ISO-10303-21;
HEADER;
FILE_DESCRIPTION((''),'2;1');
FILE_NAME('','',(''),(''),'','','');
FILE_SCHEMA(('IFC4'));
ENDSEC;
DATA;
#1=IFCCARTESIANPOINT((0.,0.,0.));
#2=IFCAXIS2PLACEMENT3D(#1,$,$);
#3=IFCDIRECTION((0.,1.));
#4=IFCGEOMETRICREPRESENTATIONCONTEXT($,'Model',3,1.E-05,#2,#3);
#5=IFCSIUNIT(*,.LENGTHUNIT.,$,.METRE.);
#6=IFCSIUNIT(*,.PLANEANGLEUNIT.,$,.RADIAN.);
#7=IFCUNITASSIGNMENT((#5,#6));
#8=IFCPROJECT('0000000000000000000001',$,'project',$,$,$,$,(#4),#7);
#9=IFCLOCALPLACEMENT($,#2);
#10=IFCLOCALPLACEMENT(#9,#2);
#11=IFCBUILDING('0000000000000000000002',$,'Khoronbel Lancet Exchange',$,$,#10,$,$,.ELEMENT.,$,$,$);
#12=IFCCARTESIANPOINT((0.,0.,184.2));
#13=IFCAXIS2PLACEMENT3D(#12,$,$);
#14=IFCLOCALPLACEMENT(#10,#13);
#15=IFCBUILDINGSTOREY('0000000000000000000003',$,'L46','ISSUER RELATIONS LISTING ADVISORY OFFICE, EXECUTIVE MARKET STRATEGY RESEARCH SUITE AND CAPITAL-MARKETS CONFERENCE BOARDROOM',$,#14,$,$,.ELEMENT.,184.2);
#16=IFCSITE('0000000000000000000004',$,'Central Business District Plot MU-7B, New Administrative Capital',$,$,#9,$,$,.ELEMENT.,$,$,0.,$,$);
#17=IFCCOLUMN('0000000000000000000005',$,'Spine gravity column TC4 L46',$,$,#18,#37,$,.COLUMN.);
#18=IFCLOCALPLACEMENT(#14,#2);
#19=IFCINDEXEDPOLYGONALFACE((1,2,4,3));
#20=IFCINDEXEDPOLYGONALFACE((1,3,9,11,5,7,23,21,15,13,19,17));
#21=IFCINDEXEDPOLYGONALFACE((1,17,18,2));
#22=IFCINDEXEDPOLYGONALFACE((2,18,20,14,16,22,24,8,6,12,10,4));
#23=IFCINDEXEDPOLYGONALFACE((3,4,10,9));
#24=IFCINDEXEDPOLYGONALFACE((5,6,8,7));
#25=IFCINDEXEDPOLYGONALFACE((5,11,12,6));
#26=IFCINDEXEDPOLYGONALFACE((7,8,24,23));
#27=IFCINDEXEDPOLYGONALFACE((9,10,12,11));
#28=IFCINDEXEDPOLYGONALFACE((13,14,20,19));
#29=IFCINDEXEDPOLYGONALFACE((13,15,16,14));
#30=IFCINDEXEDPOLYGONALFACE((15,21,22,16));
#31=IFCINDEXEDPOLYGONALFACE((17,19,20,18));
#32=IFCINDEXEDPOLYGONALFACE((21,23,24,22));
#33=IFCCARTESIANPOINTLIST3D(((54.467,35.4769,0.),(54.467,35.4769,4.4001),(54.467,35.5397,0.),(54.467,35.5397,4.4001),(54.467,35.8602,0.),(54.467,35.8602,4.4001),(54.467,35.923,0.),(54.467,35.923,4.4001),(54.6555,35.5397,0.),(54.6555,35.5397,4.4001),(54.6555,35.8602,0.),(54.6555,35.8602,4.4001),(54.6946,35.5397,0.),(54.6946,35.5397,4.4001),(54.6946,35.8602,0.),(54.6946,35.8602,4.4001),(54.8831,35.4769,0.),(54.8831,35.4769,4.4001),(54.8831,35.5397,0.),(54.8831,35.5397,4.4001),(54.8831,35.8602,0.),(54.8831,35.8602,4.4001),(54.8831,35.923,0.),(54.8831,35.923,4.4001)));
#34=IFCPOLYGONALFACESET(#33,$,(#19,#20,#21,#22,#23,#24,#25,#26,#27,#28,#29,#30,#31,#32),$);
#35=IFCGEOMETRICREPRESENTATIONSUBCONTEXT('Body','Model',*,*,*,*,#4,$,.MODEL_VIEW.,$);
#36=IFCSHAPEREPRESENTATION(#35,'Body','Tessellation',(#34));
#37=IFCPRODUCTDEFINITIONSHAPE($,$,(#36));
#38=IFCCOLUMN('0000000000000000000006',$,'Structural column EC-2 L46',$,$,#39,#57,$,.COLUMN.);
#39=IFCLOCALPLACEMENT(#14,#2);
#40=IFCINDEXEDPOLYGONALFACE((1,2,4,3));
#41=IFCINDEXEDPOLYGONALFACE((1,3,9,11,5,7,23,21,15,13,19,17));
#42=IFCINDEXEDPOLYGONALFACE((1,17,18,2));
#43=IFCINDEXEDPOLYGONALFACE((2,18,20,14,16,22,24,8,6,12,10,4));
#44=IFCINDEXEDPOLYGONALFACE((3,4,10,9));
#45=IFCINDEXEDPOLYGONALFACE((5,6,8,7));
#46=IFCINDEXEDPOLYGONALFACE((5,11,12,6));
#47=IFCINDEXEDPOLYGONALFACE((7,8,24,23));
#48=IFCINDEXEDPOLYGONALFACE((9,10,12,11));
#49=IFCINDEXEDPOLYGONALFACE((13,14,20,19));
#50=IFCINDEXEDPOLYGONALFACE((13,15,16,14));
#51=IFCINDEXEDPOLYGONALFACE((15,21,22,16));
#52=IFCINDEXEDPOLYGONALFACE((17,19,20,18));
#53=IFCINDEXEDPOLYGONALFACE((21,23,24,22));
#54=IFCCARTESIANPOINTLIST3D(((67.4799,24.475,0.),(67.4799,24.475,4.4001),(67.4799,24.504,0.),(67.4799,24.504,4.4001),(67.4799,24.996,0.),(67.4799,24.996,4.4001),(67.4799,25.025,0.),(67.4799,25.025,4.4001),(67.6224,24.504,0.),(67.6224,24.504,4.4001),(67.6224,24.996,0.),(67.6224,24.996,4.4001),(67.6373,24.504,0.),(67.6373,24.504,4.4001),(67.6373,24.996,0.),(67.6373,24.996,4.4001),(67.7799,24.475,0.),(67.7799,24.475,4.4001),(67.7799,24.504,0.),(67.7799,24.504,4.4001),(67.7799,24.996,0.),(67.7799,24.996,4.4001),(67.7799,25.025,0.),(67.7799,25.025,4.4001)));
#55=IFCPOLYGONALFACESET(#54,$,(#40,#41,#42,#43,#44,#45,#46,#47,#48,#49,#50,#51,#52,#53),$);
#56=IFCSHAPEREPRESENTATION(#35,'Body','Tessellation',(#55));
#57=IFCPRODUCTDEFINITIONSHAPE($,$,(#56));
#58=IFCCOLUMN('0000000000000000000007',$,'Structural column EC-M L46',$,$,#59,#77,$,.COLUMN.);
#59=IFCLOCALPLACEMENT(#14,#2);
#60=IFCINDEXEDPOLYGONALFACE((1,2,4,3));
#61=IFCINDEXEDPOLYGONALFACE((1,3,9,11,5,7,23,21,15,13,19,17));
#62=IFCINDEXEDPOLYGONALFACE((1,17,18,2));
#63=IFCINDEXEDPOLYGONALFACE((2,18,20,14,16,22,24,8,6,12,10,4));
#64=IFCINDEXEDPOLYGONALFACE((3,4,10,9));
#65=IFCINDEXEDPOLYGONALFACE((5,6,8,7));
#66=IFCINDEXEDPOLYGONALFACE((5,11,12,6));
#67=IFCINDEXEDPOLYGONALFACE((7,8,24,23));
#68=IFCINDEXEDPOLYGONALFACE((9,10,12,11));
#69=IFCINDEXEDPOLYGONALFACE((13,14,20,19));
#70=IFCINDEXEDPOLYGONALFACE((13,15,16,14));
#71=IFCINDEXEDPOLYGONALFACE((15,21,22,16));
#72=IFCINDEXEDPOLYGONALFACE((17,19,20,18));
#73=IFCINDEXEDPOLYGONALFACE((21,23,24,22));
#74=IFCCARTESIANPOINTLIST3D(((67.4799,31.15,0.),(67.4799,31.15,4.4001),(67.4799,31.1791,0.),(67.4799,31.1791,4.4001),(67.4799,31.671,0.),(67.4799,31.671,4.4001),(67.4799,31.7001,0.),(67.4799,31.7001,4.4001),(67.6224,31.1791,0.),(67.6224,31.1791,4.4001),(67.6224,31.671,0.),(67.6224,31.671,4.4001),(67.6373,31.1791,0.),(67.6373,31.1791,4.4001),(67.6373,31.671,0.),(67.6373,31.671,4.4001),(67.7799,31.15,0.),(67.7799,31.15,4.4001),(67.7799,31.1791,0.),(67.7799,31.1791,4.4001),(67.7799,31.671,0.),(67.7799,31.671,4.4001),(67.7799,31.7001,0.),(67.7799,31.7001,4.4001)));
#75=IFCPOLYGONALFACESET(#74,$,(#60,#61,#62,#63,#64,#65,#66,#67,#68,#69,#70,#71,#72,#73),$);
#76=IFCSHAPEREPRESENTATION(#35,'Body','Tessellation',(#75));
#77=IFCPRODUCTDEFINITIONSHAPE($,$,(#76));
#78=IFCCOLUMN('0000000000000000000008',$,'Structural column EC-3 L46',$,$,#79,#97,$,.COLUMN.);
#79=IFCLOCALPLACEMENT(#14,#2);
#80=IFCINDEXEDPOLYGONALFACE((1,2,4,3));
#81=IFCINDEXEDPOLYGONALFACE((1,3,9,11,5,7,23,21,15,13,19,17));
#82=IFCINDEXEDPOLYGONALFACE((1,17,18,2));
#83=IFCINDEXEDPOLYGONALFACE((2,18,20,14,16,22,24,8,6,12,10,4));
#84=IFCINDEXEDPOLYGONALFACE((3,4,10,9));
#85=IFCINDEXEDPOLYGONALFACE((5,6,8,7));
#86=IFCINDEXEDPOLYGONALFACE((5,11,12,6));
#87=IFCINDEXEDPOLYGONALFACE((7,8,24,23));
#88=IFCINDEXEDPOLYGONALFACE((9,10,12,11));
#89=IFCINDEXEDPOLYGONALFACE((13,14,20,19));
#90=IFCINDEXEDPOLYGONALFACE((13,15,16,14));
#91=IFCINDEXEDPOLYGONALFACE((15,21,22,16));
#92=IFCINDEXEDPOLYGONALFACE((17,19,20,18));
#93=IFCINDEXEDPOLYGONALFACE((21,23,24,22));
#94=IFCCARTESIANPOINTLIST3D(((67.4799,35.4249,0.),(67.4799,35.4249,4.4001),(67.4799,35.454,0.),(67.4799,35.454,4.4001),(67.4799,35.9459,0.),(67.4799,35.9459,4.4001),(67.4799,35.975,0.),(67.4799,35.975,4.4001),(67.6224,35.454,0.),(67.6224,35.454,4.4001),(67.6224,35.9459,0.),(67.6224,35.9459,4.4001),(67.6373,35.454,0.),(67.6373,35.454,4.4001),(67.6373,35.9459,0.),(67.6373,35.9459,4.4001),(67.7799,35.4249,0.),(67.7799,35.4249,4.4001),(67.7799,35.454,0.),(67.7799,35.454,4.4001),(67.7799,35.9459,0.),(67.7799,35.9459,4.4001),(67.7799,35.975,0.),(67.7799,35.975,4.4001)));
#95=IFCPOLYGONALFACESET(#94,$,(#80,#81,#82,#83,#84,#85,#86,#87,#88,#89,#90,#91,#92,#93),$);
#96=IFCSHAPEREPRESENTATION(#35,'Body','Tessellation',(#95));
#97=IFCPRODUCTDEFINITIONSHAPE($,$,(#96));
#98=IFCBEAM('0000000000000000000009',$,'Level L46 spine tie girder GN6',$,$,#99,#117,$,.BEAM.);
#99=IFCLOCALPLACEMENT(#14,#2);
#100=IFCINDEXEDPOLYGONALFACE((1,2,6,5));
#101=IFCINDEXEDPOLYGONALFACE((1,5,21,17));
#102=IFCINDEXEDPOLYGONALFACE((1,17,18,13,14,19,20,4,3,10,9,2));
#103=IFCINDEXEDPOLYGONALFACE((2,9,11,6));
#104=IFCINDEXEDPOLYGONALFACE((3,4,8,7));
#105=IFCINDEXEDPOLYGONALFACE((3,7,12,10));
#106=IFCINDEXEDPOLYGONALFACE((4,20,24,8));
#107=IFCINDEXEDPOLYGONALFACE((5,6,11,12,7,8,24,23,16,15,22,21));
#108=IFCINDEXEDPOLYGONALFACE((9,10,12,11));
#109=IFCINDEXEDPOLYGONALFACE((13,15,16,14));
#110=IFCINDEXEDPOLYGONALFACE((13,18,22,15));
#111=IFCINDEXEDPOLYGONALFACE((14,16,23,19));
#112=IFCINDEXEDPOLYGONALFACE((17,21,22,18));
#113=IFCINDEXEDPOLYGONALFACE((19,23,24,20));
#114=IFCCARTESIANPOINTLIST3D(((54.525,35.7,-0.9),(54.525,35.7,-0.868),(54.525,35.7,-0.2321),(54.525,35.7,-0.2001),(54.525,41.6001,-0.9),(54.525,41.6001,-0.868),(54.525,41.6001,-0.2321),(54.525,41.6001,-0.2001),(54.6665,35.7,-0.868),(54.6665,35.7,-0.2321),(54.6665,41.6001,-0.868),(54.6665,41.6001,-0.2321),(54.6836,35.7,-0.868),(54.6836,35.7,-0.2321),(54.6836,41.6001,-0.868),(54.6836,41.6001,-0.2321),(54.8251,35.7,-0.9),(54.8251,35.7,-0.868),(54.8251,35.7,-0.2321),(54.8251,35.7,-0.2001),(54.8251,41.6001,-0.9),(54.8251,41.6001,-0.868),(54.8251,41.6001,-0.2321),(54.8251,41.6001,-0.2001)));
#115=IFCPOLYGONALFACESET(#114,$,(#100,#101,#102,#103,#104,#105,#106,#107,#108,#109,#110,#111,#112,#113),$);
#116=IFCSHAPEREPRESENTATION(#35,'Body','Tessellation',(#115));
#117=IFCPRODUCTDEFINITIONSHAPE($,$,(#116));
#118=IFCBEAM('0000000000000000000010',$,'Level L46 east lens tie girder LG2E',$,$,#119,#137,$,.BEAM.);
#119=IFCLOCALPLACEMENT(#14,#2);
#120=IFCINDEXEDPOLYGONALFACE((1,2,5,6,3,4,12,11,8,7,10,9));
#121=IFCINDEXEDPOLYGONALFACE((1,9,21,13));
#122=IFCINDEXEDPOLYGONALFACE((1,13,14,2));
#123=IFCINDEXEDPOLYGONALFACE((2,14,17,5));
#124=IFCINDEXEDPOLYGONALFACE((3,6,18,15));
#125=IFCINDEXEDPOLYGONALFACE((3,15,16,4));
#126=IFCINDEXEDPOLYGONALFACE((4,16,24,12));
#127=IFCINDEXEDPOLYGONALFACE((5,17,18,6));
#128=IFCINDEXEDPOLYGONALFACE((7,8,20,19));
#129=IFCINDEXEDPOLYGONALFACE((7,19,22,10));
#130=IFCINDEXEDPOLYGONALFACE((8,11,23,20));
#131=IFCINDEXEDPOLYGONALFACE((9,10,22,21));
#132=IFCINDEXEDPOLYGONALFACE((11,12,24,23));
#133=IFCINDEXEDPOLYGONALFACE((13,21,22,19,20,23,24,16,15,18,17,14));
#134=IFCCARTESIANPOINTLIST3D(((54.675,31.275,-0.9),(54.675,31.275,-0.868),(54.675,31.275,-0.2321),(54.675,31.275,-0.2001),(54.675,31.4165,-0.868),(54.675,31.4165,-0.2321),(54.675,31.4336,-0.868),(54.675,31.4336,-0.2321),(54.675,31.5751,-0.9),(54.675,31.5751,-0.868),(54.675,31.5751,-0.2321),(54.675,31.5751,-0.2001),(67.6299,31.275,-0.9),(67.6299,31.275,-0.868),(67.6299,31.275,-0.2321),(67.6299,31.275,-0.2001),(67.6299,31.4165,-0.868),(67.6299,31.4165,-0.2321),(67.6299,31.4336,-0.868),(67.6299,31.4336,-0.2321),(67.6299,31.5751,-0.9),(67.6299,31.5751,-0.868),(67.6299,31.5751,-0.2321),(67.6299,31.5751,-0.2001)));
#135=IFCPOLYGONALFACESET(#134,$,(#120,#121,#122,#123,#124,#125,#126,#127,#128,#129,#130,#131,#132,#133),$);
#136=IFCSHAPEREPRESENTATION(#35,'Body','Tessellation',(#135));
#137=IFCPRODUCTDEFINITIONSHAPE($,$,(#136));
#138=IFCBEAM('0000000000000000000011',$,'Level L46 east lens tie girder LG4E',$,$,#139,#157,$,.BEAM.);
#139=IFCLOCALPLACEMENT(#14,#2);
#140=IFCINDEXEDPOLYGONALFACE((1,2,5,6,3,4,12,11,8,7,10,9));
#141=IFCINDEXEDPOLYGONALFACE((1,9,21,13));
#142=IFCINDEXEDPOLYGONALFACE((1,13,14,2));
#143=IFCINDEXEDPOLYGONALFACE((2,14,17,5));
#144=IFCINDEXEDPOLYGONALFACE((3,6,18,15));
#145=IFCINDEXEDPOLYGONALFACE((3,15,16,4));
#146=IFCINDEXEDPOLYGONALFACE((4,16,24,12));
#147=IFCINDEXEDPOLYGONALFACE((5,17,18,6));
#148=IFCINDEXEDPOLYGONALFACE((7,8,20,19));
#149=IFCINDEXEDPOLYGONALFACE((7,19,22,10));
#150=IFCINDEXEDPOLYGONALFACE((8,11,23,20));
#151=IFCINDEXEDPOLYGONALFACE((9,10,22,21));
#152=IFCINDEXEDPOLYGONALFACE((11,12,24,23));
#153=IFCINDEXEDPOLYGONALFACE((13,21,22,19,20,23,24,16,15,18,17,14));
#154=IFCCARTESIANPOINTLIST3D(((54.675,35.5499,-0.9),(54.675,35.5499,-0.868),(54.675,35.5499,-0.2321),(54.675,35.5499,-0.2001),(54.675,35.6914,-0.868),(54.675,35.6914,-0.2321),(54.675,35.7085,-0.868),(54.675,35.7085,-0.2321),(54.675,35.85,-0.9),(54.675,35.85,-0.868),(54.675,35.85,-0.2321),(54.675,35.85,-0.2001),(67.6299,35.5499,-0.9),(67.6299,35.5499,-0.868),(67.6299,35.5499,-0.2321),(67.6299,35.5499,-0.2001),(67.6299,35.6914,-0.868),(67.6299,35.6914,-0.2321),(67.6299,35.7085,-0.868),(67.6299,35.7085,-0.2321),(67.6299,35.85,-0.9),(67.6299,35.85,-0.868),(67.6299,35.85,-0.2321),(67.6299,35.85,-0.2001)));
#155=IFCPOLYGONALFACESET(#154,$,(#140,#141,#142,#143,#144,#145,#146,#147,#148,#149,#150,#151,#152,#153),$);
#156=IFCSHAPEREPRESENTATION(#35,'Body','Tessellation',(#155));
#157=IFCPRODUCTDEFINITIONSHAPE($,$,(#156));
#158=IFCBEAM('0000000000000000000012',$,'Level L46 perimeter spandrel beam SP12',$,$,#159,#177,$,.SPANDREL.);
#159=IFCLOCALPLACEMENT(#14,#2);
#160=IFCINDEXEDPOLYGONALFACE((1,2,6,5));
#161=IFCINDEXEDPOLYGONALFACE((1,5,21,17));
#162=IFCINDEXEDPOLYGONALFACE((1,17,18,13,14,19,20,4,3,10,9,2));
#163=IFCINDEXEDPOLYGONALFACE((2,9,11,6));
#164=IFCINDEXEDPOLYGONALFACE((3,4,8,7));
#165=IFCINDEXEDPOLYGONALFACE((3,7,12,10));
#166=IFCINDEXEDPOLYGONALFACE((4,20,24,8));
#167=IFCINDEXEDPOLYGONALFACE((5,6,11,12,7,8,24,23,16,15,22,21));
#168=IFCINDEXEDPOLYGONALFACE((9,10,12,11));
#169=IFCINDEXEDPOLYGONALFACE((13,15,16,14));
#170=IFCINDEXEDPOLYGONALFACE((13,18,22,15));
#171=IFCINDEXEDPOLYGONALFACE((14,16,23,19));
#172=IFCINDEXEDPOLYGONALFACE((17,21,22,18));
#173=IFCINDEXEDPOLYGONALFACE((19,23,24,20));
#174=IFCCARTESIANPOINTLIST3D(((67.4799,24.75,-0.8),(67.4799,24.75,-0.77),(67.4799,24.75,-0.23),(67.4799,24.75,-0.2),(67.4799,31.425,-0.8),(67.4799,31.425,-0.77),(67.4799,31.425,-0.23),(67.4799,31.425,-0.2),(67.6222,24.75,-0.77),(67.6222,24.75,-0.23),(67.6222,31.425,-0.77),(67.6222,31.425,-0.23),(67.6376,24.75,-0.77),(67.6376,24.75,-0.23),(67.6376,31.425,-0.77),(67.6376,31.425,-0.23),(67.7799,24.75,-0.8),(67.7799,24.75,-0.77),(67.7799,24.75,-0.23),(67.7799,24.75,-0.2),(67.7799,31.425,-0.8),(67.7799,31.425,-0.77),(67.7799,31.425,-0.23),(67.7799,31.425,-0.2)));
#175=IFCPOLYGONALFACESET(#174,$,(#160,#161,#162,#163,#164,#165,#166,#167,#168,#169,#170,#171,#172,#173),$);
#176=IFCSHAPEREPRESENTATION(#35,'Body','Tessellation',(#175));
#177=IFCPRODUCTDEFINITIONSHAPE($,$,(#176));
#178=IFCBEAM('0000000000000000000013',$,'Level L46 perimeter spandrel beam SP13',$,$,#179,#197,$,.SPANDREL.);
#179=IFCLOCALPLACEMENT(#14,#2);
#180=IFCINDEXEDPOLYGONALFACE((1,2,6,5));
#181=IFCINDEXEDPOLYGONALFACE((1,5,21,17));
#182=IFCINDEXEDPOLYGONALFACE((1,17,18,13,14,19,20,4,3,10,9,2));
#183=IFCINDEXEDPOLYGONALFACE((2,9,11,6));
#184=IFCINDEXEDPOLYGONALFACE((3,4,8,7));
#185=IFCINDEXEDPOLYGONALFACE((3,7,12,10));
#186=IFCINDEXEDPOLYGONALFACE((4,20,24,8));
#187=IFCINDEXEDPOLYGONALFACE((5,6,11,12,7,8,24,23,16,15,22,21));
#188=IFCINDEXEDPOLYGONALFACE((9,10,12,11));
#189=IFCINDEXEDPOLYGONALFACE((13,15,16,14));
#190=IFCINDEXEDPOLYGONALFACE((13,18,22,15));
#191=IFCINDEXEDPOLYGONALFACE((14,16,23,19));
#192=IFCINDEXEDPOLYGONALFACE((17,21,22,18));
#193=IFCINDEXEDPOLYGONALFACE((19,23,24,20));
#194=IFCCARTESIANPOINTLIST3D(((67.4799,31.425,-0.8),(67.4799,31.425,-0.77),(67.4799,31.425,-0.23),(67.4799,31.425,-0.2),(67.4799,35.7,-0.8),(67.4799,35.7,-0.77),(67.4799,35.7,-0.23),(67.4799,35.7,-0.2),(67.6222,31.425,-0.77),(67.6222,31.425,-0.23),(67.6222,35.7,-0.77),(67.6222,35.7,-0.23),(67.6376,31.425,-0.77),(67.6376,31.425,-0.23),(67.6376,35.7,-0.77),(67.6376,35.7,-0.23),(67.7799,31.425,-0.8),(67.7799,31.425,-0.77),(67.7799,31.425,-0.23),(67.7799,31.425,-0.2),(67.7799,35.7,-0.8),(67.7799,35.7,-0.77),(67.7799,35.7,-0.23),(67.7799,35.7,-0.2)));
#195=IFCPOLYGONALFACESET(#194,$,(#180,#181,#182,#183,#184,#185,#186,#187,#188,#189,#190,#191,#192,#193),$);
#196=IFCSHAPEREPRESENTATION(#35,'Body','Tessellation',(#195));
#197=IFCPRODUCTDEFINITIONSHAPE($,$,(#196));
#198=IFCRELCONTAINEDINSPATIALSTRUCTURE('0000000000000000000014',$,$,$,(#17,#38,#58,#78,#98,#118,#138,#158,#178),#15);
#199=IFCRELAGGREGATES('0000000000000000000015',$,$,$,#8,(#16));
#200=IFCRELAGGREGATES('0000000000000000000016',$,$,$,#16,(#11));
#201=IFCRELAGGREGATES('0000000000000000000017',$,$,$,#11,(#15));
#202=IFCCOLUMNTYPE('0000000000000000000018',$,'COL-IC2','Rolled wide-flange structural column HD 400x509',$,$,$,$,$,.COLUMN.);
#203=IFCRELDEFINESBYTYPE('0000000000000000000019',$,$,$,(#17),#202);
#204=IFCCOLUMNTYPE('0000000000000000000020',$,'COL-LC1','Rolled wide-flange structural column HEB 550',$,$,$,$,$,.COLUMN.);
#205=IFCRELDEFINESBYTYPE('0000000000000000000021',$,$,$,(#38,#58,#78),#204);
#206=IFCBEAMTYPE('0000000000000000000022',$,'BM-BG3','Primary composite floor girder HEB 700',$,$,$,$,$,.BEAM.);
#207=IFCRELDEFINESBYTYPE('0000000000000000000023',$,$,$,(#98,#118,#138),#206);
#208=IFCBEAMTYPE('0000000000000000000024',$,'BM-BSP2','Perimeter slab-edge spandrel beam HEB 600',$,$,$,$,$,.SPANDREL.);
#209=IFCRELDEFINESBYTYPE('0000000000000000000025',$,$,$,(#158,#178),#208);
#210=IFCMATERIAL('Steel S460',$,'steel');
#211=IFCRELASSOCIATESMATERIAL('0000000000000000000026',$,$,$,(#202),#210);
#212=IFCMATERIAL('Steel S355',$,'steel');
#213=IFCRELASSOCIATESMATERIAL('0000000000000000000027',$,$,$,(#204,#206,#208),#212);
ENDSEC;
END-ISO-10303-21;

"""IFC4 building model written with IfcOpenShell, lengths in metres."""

from ifc_helpers import new_model, si_unit, direction, frame, origin, origin_2d, place, context, subcontext, project, spatial, i_section, extrude, material, material_profile, profile_set, type_object, element, save


model = new_model("IFC4")

# Units and contexts
model_context = context("Model", 3, precision=1e-05, world=origin(), true_north=direction((0.0, 1.0)))
body_context = subcontext(model_context, "Body", "Model", "MODEL_VIEW")
ifc_project = project(units=[si_unit("LENGTHUNIT", "METRE"), si_unit("PLANEANGLEUNIT", "RADIAN")], contexts=[model_context])

# Site, building, storey
site_placement = place(None, origin())
site = spatial("IfcSite", under=ifc_project, at=site_placement, Name="Central Business District Plot MU-7B, New Administrative Capital", CompositionType="ELEMENT", RefElevation=0.0)
building_placement = place(site_placement, origin())
building = spatial("IfcBuilding", under=site, at=building_placement, Name="Khoronbel Lancet Exchange", CompositionType="ELEMENT")
storey_placement = place(building_placement, frame((0.0, 0.0, 184.2)))
storey = spatial("IfcBuildingStorey", under=building, at=storey_placement, Name="L46", Description="ISSUER RELATIONS LISTING ADVISORY OFFICE, EXECUTIVE MARKET STRATEGY RESEARCH SUITE AND CAPITAL-MARKETS CONFERENCE BOARDROOM", CompositionType="ELEMENT", Elevation=184.2)

# Columns
ifc_material_1 = material(Name="Steel S460", Category="steel")
ifc_material_profile_1 = material_profile(ifc_material_1, i_section(OverallWidth=0.416, OverallDepth=0.446, WebThickness=0.0391, FlangeThickness=0.0627, at=origin_2d()), Name="HD 400x509")
ifc_profile_set_1 = profile_set([ifc_material_profile_1], Name="Steel S460")
column_type_1 = type_object("IfcColumnType", Name="COL-IC2", Description="Rolled wide-flange structural column HD 400x509", PredefinedType="COLUMN", material=ifc_profile_set_1)
column_placement = place(storey_placement, frame((54.675, 35.7, 0.0), z_axis=(0.0, 0.0, 1.0), x_axis=(1.0, 0.0, 0.0)))
element("IfcColumn", 1, at=column_placement, inside=storey, type_object=column_type_1, Name="Spine gravity column TC4 L46", PredefinedType="COLUMN", context=body_context, shape_type="SweptSolid", body=[
    extrude(i_section(OverallWidth=0.416, OverallDepth=0.446, WebThickness=0.0391, FlangeThickness=0.0627, at=origin_2d()), origin(), (0.0, 0.0, 1.0), 4.4001),
])
ifc_material_2 = material(Name="Steel S355", Category="steel")
ifc_material_profile_2 = material_profile(ifc_material_2, i_section(OverallWidth=0.3, OverallDepth=0.55, WebThickness=0.0149, FlangeThickness=0.0291, at=origin_2d()), Name="HEB 550")
ifc_profile_set_2 = profile_set([ifc_material_profile_2], Name="Steel S355")
column_type_2 = type_object("IfcColumnType", Name="COL-LC1", Description="Rolled wide-flange structural column HEB 550", PredefinedType="COLUMN", material=ifc_profile_set_2)
for number, where, z_axis, x_axis, name in (
    (2, (67.6299, 24.75, 0.0), (0.0, 0.0, 1.0), (1.0, 0.0, 0.0), "Structural column EC-2 L46"),
    (3, (67.6299, 31.425, 0.0), (0.0, 0.0, 1.0), (1.0, 0.0, 0.0), "Structural column EC-M L46"),
    (4, (67.6299, 35.7, 0.0), (0.0, 0.0, 1.0), (1.0, 0.0, 0.0), "Structural column EC-3 L46"),
):
    element("IfcColumn", number, at=place(storey_placement, frame(where, z_axis=z_axis, x_axis=x_axis)), inside=storey, type_object=column_type_2, Name=name, PredefinedType="COLUMN", context=body_context, shape_type="SweptSolid", body=[
        extrude(i_section(OverallWidth=0.3, OverallDepth=0.55, WebThickness=0.0149, FlangeThickness=0.0291, at=origin_2d()), origin(), (0.0, 0.0, 1.0), 4.4001),
    ])

# Beams
ifc_material_profile_3 = material_profile(ifc_material_2, i_section(OverallWidth=0.3, OverallDepth=0.7, WebThickness=0.0171, FlangeThickness=0.032, at=origin_2d()), Name="HEB 700")
ifc_profile_set_3 = profile_set([ifc_material_profile_3], Name="Steel S355")
beam_type_1 = type_object("IfcBeamType", Name="BM-BG3", Description="Primary composite floor girder HEB 700", PredefinedType="BEAM", material=ifc_profile_set_3)
beam_1_placement = place(storey_placement, frame((54.675, 35.7, -0.55), z_axis=(0.0, 1.0, 0.0), x_axis=(-1.0, 0.0, 0.0)))
element("IfcBeam", 5, at=beam_1_placement, inside=storey, type_object=beam_type_1, Name="Level L46 spine tie girder GN6", PredefinedType="BEAM", context=body_context, shape_type="SweptSolid", body=[
    extrude(i_section(OverallWidth=0.3, OverallDepth=0.7, WebThickness=0.0171, FlangeThickness=0.032, at=origin_2d()), origin(), (0.0, 0.0, 1.0), 5.9001),
])
for number, where, z_axis, x_axis, name in (
    (6, (54.675, 31.425, -0.55), (1.0, 0.0, 0.0), (0.0, 1.0, 0.0), "Level L46 east lens tie girder LG2E"),
    (7, (54.675, 35.7, -0.55), (1.0, 0.0, 0.0), (0.0, 1.0, 0.0), "Level L46 east lens tie girder LG4E"),
):
    element("IfcBeam", number, at=place(storey_placement, frame(where, z_axis=z_axis, x_axis=x_axis)), inside=storey, type_object=beam_type_1, Name=name, PredefinedType="BEAM", context=body_context, shape_type="SweptSolid", body=[
        extrude(i_section(OverallWidth=0.3, OverallDepth=0.7, WebThickness=0.0171, FlangeThickness=0.032, at=origin_2d()), origin(), (0.0, 0.0, 1.0), 12.9548),
    ])
ifc_material_profile_4 = material_profile(ifc_material_2, i_section(OverallWidth=0.3, OverallDepth=0.6001, WebThickness=0.0154, FlangeThickness=0.03, at=origin_2d()), Name="HEB 600")
ifc_profile_set_4 = profile_set([ifc_material_profile_4], Name="Steel S355")
beam_type_2 = type_object("IfcBeamType", Name="BM-BSP2", Description="Perimeter slab-edge spandrel beam HEB 600", PredefinedType="SPANDREL", material=ifc_profile_set_4)
beam_2_placement = place(storey_placement, frame((67.6299, 24.75, -0.5), z_axis=(0.0, 1.0, 0.0), x_axis=(-1.0, 0.0, 0.0)))
element("IfcBeam", 8, at=beam_2_placement, inside=storey, type_object=beam_type_2, Name="Level L46 perimeter spandrel beam SP12", PredefinedType="SPANDREL", context=body_context, shape_type="SweptSolid", body=[
    extrude(i_section(OverallWidth=0.3, OverallDepth=0.6001, WebThickness=0.0154, FlangeThickness=0.03, at=origin_2d()), origin(), (0.0, 0.0, 1.0), 6.675),
])
beam_3_placement = place(storey_placement, frame((67.6299, 31.425, -0.5), z_axis=(0.0, 1.0, 0.0), x_axis=(-1.0, 0.0, 0.0)))
element("IfcBeam", 9, at=beam_3_placement, inside=storey, type_object=beam_type_2, Name="Level L46 perimeter spandrel beam SP13", PredefinedType="SPANDREL", context=body_context, shape_type="SweptSolid", body=[
    extrude(i_section(OverallWidth=0.3, OverallDepth=0.6001, WebThickness=0.0154, FlangeThickness=0.03, at=origin_2d()), origin(), (0.0, 0.0, 1.0), 4.2749),
])

save(model, "model.ifc")
